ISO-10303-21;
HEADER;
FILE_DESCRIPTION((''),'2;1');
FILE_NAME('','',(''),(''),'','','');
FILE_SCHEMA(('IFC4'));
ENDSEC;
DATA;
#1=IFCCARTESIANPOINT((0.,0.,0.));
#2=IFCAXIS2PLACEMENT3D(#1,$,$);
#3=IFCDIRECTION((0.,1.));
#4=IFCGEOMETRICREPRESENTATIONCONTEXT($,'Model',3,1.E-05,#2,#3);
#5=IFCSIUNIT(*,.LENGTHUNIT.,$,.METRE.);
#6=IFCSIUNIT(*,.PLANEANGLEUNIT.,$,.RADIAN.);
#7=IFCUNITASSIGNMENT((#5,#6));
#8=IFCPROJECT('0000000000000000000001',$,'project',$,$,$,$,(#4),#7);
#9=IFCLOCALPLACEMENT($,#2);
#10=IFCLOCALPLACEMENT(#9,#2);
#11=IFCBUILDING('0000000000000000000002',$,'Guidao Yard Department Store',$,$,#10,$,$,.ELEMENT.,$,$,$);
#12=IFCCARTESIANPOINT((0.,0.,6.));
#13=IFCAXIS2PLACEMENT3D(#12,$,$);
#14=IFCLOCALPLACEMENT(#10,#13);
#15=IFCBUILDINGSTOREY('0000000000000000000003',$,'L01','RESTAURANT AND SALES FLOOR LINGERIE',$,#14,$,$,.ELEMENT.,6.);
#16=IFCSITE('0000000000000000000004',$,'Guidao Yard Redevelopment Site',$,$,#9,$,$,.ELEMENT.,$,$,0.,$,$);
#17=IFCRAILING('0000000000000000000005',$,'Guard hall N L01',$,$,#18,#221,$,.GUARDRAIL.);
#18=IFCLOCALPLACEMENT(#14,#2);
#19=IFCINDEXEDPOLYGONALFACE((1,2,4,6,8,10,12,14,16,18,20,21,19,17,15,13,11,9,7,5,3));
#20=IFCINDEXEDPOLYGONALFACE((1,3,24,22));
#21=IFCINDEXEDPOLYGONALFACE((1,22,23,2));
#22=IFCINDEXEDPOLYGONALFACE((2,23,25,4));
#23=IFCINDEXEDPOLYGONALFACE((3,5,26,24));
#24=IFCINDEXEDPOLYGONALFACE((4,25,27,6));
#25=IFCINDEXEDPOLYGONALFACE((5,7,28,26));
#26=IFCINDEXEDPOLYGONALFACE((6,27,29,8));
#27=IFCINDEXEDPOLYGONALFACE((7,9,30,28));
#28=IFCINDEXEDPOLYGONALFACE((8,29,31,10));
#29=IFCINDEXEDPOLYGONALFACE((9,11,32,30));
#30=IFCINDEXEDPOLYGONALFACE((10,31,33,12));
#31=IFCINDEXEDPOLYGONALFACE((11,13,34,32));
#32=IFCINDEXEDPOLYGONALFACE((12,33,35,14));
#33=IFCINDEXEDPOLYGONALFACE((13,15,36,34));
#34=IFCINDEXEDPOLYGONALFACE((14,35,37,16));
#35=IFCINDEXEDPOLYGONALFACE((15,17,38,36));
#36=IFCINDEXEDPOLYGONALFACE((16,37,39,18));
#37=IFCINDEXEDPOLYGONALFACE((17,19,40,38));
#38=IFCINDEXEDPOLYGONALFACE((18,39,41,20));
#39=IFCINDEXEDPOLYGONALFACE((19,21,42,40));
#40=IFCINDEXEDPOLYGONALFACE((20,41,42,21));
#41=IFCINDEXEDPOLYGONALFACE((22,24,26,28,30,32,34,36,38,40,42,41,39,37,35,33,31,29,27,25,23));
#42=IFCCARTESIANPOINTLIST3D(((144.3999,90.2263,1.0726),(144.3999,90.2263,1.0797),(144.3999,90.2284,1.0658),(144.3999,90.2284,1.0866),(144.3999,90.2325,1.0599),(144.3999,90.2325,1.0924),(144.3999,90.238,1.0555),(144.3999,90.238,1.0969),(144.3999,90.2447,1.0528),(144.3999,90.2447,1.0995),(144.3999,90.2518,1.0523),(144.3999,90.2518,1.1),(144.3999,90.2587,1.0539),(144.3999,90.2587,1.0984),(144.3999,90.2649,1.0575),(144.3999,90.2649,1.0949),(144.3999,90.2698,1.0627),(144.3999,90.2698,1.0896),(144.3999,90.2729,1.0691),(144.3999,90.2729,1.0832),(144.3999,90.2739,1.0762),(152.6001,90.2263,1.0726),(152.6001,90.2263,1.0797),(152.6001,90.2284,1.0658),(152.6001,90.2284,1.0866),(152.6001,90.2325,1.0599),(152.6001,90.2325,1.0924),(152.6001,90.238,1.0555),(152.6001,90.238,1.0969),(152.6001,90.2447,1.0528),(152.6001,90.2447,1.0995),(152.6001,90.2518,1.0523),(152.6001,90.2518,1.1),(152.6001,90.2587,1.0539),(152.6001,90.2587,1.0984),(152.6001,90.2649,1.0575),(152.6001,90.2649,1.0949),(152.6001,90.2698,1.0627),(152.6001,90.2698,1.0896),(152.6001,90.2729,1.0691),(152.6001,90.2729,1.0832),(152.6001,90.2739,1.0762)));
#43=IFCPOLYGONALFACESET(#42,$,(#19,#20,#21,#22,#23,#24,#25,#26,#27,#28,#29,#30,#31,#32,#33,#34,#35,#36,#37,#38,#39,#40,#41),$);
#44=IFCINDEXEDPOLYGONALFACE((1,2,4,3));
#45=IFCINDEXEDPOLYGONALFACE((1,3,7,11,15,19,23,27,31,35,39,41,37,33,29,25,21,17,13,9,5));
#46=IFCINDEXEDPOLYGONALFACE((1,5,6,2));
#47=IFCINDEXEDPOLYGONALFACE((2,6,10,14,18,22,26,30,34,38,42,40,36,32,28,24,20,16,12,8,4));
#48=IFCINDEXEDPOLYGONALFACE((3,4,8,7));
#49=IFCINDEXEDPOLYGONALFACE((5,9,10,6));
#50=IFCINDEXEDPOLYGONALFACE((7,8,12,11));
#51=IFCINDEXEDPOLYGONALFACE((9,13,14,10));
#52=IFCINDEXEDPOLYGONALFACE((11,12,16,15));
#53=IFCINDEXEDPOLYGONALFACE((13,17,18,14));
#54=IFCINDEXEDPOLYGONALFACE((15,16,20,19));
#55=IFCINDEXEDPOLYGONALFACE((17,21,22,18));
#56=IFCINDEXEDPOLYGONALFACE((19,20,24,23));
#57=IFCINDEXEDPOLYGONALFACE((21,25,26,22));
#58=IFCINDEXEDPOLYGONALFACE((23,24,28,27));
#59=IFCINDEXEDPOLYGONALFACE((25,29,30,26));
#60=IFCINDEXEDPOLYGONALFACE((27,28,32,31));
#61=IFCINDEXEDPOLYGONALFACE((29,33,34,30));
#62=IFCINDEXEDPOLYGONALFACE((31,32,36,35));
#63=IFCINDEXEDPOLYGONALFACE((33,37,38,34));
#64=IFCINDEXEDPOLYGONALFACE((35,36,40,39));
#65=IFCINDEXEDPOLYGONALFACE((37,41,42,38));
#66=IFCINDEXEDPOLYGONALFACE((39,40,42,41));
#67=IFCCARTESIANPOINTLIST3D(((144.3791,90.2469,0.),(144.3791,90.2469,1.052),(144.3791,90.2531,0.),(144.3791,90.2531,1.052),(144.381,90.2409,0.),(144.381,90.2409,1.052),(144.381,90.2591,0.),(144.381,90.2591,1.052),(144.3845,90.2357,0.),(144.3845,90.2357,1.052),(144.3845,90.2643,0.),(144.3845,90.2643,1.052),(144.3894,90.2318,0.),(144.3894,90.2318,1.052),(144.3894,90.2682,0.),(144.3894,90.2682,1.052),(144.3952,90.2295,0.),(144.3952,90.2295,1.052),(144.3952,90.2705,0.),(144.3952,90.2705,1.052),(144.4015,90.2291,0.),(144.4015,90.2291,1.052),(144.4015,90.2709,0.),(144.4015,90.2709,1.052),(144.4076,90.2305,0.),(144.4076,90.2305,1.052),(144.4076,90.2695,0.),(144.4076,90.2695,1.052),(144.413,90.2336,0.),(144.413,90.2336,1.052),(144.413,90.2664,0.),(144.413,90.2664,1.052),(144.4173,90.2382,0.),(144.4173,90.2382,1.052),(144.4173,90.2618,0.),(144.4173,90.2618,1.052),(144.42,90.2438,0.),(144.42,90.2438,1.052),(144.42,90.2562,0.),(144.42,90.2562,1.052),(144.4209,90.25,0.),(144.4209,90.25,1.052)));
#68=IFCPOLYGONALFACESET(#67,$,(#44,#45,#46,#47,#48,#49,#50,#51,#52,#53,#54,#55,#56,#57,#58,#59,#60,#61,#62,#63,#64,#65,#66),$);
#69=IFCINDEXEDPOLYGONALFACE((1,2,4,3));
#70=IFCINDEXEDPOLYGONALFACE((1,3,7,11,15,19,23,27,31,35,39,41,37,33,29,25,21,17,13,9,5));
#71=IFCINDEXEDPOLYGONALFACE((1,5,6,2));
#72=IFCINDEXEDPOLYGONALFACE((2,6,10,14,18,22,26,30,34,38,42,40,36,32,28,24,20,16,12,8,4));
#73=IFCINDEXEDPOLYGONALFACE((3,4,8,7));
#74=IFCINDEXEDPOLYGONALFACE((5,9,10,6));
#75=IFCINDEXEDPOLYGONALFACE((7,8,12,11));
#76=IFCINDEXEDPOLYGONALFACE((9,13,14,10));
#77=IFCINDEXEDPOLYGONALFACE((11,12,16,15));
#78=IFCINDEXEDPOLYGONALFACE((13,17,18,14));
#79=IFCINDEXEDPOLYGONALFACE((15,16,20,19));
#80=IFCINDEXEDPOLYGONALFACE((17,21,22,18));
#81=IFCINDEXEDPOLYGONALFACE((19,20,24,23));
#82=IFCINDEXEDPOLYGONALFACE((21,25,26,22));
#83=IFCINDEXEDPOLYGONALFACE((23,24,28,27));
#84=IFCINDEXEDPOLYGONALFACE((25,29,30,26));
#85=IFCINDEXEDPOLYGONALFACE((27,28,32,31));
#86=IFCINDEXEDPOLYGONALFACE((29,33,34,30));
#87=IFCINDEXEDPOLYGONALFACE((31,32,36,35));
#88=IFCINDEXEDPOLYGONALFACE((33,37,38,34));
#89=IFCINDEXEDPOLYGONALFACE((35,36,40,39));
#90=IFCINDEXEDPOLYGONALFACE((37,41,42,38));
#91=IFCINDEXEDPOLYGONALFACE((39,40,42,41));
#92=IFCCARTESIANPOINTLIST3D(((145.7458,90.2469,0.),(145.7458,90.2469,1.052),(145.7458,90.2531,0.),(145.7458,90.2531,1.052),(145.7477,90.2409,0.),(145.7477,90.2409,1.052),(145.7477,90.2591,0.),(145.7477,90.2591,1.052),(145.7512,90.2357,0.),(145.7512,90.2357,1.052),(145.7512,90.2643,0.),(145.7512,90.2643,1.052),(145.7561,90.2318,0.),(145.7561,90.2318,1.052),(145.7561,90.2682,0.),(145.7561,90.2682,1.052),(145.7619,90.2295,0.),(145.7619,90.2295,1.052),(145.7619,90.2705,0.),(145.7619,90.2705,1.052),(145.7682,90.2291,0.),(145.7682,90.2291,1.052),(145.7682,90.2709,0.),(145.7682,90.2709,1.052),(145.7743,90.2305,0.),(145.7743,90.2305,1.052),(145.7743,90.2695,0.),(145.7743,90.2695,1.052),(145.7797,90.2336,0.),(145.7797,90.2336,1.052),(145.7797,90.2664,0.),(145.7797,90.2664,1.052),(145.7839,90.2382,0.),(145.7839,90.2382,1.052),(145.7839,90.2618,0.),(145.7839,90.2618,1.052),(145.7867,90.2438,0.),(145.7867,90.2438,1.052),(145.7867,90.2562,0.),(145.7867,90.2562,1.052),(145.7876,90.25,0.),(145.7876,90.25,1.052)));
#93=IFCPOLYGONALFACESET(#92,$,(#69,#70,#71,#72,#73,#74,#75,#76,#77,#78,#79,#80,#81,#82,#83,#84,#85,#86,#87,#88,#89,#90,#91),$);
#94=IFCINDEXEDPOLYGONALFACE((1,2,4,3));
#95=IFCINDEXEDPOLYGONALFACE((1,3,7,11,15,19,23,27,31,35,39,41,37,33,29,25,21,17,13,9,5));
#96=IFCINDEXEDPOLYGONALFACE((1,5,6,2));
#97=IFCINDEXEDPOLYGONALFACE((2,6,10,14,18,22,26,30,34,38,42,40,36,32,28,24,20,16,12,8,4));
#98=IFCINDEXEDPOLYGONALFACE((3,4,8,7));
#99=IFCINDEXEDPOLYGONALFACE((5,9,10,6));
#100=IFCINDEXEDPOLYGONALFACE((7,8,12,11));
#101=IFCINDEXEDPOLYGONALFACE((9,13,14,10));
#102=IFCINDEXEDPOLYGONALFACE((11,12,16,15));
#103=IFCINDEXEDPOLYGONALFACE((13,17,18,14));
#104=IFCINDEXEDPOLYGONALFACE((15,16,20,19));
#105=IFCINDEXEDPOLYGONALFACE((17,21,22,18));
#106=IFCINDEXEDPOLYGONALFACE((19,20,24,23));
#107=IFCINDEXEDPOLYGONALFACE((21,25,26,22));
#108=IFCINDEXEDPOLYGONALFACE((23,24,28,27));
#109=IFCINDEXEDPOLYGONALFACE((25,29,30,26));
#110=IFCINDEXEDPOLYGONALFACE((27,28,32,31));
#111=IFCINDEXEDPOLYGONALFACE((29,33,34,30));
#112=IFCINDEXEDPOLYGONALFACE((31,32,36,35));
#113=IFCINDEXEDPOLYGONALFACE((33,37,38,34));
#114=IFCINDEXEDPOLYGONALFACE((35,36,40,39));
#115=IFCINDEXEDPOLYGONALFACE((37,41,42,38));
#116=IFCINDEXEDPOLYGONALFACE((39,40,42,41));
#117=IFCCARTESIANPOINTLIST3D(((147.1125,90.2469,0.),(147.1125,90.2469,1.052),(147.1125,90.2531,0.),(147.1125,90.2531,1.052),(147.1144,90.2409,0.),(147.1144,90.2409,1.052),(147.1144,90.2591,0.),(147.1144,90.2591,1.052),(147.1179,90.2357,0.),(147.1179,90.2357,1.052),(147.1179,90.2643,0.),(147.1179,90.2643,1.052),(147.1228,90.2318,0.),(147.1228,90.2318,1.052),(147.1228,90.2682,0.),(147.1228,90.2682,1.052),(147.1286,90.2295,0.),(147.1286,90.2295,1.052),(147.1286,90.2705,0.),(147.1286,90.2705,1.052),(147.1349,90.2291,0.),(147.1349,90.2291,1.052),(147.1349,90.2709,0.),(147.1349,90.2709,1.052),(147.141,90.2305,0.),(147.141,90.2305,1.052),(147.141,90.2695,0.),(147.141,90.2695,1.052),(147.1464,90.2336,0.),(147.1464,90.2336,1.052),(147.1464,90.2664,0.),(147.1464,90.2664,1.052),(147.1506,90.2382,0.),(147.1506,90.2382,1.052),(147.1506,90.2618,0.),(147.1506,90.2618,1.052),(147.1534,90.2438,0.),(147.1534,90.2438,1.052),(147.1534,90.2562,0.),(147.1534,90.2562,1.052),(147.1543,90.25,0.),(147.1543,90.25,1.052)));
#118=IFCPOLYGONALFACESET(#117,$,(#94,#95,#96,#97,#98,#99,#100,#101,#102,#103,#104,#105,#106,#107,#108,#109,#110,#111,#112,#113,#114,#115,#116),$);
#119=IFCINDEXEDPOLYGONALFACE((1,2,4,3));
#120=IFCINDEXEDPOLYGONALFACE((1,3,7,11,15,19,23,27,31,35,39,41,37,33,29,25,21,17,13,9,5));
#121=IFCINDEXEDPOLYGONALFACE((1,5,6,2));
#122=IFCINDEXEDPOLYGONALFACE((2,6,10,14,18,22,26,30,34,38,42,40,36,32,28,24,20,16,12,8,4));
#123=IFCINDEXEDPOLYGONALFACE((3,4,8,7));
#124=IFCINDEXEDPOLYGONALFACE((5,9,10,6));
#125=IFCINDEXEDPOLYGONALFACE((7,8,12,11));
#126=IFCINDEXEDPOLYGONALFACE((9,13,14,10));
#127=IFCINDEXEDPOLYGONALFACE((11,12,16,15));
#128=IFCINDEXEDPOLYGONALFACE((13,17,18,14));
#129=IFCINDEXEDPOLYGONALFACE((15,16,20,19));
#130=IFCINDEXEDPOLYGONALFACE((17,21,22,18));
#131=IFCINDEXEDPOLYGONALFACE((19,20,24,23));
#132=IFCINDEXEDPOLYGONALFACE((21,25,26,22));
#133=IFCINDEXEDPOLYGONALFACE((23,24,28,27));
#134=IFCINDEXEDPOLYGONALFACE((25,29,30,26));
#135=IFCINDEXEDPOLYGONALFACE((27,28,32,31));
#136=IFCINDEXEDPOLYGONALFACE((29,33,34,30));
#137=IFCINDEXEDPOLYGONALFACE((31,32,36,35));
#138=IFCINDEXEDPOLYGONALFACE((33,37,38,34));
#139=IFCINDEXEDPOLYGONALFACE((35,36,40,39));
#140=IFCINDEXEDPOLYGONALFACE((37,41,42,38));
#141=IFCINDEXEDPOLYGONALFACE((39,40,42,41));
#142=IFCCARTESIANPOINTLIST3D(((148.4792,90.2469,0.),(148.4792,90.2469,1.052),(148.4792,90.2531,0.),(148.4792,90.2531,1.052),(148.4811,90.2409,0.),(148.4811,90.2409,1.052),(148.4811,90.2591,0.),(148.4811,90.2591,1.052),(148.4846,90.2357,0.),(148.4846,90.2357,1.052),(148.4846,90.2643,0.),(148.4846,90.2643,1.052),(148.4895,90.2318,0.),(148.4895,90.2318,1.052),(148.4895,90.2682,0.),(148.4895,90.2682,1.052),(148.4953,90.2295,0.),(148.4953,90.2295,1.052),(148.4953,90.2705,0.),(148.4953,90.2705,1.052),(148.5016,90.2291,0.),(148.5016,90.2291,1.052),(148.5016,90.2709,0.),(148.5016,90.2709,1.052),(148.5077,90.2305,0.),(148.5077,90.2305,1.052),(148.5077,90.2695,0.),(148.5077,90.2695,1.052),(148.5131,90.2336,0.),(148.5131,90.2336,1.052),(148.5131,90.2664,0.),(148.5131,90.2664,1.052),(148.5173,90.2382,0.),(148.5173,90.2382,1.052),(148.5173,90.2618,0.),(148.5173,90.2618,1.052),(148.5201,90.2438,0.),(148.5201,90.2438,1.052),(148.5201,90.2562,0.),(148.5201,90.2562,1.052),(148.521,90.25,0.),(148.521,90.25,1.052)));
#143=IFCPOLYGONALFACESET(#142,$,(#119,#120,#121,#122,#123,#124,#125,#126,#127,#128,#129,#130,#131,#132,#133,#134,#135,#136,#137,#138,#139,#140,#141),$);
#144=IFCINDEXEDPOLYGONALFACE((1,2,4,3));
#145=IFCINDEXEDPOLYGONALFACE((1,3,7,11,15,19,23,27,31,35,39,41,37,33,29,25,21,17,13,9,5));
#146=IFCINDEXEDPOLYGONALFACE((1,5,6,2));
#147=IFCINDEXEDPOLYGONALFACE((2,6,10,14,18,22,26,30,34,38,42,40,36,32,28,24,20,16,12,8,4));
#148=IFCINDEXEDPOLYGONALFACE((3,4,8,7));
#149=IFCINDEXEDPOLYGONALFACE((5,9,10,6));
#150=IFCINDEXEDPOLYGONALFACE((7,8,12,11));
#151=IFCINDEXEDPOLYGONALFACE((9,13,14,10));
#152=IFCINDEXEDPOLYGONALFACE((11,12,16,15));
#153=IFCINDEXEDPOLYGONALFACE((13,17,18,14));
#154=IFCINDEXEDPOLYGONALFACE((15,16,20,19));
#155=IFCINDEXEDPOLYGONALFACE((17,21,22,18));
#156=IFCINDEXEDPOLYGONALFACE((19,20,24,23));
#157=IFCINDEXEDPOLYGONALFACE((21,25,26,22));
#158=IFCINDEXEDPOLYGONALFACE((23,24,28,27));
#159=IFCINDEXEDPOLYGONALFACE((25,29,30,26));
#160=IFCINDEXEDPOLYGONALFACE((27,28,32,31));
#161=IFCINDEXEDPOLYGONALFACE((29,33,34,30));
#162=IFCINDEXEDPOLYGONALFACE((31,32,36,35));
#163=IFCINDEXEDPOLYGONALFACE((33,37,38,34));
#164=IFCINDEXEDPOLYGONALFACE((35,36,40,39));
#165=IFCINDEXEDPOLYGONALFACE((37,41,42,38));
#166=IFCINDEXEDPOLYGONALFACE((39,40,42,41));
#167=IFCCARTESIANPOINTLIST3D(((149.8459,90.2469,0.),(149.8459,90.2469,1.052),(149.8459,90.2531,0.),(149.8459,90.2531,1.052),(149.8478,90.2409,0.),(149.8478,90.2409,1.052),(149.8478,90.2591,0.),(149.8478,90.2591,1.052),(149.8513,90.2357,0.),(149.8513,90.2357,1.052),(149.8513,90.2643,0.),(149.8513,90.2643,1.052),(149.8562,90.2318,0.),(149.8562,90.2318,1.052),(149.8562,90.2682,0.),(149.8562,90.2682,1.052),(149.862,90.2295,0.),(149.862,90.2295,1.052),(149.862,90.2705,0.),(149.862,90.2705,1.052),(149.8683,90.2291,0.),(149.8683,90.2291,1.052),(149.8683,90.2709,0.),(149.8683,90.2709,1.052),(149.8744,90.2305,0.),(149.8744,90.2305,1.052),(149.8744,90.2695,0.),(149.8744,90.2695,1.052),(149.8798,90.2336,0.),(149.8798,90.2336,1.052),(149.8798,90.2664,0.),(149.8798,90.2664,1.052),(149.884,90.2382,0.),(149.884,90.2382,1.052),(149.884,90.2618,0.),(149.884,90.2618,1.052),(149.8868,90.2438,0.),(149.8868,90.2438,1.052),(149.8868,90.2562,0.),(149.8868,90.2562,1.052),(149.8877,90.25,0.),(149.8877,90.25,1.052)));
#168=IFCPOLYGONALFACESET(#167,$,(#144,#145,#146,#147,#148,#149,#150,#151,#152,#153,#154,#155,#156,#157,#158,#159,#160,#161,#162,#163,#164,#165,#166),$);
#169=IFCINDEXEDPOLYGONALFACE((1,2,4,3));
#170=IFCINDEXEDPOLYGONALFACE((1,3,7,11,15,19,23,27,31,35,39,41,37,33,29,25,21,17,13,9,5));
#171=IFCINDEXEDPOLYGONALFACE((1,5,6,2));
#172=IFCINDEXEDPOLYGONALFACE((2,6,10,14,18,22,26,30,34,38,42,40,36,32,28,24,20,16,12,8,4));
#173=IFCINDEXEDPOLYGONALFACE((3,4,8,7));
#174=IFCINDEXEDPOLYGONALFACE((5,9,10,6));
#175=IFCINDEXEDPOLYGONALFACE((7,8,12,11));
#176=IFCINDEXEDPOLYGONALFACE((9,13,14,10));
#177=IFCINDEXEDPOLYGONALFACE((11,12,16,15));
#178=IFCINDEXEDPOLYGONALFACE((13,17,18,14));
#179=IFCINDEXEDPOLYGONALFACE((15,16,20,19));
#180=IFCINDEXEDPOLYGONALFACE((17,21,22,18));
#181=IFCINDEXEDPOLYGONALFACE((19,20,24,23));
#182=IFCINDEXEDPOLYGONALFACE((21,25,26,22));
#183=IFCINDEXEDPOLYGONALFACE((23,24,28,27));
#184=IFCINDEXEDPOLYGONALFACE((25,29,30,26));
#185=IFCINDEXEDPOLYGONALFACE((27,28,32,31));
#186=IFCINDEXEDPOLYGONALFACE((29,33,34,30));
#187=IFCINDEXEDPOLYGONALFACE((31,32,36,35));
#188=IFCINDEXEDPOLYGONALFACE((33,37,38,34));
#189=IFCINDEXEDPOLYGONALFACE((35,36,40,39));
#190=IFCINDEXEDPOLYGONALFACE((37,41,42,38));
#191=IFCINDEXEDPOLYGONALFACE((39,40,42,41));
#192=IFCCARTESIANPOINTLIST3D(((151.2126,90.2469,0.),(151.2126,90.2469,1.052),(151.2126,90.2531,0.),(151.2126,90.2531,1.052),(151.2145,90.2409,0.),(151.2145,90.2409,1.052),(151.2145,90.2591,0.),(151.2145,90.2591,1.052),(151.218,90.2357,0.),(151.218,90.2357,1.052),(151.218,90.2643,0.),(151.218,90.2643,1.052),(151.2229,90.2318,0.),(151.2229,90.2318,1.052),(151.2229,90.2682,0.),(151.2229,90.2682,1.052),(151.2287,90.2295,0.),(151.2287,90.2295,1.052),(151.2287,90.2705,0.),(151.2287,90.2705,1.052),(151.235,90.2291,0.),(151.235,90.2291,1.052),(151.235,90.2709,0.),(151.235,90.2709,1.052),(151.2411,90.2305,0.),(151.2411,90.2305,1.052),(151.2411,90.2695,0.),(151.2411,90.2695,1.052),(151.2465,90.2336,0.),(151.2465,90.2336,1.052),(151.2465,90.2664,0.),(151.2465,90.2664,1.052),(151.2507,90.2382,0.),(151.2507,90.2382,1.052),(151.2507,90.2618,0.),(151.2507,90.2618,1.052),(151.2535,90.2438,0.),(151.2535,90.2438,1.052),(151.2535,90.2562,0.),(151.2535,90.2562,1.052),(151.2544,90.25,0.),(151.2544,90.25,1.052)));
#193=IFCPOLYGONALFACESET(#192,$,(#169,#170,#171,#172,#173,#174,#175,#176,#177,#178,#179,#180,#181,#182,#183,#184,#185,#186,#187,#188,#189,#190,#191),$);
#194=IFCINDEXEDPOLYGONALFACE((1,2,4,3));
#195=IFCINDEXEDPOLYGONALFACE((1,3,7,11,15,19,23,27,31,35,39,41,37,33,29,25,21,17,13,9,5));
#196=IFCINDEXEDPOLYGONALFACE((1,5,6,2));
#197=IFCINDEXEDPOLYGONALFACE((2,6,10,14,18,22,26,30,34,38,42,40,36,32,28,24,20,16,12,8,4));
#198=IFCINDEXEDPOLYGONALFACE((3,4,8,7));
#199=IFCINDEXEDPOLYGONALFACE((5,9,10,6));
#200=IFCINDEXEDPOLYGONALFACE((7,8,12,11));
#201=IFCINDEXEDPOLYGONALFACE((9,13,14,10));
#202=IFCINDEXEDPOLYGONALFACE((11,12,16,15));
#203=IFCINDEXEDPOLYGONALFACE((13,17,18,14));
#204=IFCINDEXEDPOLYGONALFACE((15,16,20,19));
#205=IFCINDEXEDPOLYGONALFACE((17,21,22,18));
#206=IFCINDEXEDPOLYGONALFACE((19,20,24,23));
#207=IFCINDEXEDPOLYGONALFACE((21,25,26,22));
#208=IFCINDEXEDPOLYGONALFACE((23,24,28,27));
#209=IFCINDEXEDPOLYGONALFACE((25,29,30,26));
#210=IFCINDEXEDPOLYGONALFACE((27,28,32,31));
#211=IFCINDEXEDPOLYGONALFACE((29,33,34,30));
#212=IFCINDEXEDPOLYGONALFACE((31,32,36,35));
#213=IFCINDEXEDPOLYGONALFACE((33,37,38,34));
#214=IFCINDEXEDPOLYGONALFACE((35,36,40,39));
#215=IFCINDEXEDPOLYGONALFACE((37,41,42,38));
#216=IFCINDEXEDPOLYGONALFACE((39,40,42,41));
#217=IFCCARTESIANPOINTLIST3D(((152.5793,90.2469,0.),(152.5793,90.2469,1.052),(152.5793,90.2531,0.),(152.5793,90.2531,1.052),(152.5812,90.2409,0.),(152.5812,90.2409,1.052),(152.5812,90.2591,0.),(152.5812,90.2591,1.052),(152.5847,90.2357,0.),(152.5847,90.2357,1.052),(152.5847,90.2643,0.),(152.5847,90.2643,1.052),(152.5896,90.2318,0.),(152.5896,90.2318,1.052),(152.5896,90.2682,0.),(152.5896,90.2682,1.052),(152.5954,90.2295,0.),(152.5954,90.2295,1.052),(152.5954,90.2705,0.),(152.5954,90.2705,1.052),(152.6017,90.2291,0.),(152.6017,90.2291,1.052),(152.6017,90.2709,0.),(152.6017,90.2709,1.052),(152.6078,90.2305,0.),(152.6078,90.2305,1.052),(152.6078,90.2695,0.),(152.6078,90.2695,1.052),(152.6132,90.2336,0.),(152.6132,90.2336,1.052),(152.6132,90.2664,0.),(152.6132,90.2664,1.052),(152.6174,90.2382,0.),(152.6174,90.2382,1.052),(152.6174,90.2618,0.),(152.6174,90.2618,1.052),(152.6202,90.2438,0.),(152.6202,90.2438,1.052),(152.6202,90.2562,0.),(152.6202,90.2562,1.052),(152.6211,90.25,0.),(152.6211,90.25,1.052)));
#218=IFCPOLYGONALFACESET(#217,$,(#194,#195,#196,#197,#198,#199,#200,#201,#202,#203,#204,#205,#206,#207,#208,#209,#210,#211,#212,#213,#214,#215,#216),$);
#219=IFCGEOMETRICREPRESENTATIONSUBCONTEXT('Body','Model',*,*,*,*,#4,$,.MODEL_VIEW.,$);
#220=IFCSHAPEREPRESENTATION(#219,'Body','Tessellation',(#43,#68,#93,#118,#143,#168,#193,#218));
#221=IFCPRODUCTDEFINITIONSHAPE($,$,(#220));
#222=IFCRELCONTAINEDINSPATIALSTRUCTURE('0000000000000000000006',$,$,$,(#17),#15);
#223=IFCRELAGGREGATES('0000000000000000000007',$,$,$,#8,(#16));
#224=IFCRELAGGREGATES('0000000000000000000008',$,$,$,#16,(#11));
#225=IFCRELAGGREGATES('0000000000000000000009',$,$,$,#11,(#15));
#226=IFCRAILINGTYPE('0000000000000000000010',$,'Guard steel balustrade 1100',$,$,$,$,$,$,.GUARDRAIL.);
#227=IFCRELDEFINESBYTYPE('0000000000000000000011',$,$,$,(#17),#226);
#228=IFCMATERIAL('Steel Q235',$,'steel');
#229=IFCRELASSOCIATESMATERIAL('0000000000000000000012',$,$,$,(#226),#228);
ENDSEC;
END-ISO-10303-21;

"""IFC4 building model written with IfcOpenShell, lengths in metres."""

from ifc_helpers import new_model, si_unit, direction, frame, origin, origin_2d, place, context, subcontext, project, spatial, circle, extrude, material, type_object, element, save


model = new_model("IFC4")

# Units and contexts
model_context = context("Model", 3, precision=1e-05, world=origin(), true_north=direction((0.0, 1.0)))
body_context = subcontext(model_context, "Body", "Model", "MODEL_VIEW")
ifc_project = project(units=[si_unit("LENGTHUNIT", "METRE"), si_unit("PLANEANGLEUNIT", "RADIAN")], contexts=[model_context])

# Site, building, storey
site_placement = place(None, origin())
site = spatial("IfcSite", under=ifc_project, at=site_placement, Name="Guidao Yard Redevelopment Site", CompositionType="ELEMENT", RefElevation=0.0)
building_placement = place(site_placement, origin())
building = spatial("IfcBuilding", under=site, at=building_placement, Name="Guidao Yard Department Store", CompositionType="ELEMENT")
storey_placement = place(building_placement, frame((0.0, 0.0, 6.0)))
storey = spatial("IfcBuildingStorey", under=building, at=storey_placement, Name="L01", Description="RESTAURANT AND SALES FLOOR LINGERIE", CompositionType="ELEMENT", Elevation=6.0)

# Railing
ifc_material_1 = material(Name="Steel Q235", Category="steel")
railing_type = type_object("IfcRailingType", Name="Guard steel balustrade 1100", PredefinedType="GUARDRAIL", material=ifc_material_1)
for number, where, name in (
    (1, (144.3999, 90.25, 0.0), "Guard hall N L01"),
):
    element("IfcRailing", number, at=place(storey_placement, frame(where)), inside=storey, type_object=railing_type, Name=name, PredefinedType="GUARDRAIL", context=body_context, shape_type="SweptSolid", body=[
        extrude(circle(Radius=0.0239, at=origin_2d()), frame((0.0, 0.0, 1.0762), z_axis=(1.0, 0.0, 0.0), x_axis=(0.0, 1.0, 0.0)), (0.0, 0.0, 1.0), 8.2002),
        extrude(circle(Radius=0.021, at=origin_2d()), origin(), (0.0, 0.0, 1.0), 1.052),
        extrude(circle(Radius=0.021, at=origin_2d()), frame((1.3667, 0.0, 0.0)), (0.0, 0.0, 1.0), 1.052),
        extrude(circle(Radius=0.021, at=origin_2d()), frame((2.7334, 0.0, 0.0)), (0.0, 0.0, 1.0), 1.052),
        extrude(circle(Radius=0.021, at=origin_2d()), frame((4.1001, 0.0, 0.0)), (0.0, 0.0, 1.0), 1.052),
        extrude(circle(Radius=0.021, at=origin_2d()), frame((5.4668, 0.0, 0.0)), (0.0, 0.0, 1.0), 1.052),
        extrude(circle(Radius=0.021, at=origin_2d()), frame((6.8335, 0.0, 0.0)), (0.0, 0.0, 1.0), 1.052),
        extrude(circle(Radius=0.021, at=origin_2d()), frame((8.2002, 0.0, 0.0)), (0.0, 0.0, 1.0), 1.052),
    ])

save(model, "model.ifc")
